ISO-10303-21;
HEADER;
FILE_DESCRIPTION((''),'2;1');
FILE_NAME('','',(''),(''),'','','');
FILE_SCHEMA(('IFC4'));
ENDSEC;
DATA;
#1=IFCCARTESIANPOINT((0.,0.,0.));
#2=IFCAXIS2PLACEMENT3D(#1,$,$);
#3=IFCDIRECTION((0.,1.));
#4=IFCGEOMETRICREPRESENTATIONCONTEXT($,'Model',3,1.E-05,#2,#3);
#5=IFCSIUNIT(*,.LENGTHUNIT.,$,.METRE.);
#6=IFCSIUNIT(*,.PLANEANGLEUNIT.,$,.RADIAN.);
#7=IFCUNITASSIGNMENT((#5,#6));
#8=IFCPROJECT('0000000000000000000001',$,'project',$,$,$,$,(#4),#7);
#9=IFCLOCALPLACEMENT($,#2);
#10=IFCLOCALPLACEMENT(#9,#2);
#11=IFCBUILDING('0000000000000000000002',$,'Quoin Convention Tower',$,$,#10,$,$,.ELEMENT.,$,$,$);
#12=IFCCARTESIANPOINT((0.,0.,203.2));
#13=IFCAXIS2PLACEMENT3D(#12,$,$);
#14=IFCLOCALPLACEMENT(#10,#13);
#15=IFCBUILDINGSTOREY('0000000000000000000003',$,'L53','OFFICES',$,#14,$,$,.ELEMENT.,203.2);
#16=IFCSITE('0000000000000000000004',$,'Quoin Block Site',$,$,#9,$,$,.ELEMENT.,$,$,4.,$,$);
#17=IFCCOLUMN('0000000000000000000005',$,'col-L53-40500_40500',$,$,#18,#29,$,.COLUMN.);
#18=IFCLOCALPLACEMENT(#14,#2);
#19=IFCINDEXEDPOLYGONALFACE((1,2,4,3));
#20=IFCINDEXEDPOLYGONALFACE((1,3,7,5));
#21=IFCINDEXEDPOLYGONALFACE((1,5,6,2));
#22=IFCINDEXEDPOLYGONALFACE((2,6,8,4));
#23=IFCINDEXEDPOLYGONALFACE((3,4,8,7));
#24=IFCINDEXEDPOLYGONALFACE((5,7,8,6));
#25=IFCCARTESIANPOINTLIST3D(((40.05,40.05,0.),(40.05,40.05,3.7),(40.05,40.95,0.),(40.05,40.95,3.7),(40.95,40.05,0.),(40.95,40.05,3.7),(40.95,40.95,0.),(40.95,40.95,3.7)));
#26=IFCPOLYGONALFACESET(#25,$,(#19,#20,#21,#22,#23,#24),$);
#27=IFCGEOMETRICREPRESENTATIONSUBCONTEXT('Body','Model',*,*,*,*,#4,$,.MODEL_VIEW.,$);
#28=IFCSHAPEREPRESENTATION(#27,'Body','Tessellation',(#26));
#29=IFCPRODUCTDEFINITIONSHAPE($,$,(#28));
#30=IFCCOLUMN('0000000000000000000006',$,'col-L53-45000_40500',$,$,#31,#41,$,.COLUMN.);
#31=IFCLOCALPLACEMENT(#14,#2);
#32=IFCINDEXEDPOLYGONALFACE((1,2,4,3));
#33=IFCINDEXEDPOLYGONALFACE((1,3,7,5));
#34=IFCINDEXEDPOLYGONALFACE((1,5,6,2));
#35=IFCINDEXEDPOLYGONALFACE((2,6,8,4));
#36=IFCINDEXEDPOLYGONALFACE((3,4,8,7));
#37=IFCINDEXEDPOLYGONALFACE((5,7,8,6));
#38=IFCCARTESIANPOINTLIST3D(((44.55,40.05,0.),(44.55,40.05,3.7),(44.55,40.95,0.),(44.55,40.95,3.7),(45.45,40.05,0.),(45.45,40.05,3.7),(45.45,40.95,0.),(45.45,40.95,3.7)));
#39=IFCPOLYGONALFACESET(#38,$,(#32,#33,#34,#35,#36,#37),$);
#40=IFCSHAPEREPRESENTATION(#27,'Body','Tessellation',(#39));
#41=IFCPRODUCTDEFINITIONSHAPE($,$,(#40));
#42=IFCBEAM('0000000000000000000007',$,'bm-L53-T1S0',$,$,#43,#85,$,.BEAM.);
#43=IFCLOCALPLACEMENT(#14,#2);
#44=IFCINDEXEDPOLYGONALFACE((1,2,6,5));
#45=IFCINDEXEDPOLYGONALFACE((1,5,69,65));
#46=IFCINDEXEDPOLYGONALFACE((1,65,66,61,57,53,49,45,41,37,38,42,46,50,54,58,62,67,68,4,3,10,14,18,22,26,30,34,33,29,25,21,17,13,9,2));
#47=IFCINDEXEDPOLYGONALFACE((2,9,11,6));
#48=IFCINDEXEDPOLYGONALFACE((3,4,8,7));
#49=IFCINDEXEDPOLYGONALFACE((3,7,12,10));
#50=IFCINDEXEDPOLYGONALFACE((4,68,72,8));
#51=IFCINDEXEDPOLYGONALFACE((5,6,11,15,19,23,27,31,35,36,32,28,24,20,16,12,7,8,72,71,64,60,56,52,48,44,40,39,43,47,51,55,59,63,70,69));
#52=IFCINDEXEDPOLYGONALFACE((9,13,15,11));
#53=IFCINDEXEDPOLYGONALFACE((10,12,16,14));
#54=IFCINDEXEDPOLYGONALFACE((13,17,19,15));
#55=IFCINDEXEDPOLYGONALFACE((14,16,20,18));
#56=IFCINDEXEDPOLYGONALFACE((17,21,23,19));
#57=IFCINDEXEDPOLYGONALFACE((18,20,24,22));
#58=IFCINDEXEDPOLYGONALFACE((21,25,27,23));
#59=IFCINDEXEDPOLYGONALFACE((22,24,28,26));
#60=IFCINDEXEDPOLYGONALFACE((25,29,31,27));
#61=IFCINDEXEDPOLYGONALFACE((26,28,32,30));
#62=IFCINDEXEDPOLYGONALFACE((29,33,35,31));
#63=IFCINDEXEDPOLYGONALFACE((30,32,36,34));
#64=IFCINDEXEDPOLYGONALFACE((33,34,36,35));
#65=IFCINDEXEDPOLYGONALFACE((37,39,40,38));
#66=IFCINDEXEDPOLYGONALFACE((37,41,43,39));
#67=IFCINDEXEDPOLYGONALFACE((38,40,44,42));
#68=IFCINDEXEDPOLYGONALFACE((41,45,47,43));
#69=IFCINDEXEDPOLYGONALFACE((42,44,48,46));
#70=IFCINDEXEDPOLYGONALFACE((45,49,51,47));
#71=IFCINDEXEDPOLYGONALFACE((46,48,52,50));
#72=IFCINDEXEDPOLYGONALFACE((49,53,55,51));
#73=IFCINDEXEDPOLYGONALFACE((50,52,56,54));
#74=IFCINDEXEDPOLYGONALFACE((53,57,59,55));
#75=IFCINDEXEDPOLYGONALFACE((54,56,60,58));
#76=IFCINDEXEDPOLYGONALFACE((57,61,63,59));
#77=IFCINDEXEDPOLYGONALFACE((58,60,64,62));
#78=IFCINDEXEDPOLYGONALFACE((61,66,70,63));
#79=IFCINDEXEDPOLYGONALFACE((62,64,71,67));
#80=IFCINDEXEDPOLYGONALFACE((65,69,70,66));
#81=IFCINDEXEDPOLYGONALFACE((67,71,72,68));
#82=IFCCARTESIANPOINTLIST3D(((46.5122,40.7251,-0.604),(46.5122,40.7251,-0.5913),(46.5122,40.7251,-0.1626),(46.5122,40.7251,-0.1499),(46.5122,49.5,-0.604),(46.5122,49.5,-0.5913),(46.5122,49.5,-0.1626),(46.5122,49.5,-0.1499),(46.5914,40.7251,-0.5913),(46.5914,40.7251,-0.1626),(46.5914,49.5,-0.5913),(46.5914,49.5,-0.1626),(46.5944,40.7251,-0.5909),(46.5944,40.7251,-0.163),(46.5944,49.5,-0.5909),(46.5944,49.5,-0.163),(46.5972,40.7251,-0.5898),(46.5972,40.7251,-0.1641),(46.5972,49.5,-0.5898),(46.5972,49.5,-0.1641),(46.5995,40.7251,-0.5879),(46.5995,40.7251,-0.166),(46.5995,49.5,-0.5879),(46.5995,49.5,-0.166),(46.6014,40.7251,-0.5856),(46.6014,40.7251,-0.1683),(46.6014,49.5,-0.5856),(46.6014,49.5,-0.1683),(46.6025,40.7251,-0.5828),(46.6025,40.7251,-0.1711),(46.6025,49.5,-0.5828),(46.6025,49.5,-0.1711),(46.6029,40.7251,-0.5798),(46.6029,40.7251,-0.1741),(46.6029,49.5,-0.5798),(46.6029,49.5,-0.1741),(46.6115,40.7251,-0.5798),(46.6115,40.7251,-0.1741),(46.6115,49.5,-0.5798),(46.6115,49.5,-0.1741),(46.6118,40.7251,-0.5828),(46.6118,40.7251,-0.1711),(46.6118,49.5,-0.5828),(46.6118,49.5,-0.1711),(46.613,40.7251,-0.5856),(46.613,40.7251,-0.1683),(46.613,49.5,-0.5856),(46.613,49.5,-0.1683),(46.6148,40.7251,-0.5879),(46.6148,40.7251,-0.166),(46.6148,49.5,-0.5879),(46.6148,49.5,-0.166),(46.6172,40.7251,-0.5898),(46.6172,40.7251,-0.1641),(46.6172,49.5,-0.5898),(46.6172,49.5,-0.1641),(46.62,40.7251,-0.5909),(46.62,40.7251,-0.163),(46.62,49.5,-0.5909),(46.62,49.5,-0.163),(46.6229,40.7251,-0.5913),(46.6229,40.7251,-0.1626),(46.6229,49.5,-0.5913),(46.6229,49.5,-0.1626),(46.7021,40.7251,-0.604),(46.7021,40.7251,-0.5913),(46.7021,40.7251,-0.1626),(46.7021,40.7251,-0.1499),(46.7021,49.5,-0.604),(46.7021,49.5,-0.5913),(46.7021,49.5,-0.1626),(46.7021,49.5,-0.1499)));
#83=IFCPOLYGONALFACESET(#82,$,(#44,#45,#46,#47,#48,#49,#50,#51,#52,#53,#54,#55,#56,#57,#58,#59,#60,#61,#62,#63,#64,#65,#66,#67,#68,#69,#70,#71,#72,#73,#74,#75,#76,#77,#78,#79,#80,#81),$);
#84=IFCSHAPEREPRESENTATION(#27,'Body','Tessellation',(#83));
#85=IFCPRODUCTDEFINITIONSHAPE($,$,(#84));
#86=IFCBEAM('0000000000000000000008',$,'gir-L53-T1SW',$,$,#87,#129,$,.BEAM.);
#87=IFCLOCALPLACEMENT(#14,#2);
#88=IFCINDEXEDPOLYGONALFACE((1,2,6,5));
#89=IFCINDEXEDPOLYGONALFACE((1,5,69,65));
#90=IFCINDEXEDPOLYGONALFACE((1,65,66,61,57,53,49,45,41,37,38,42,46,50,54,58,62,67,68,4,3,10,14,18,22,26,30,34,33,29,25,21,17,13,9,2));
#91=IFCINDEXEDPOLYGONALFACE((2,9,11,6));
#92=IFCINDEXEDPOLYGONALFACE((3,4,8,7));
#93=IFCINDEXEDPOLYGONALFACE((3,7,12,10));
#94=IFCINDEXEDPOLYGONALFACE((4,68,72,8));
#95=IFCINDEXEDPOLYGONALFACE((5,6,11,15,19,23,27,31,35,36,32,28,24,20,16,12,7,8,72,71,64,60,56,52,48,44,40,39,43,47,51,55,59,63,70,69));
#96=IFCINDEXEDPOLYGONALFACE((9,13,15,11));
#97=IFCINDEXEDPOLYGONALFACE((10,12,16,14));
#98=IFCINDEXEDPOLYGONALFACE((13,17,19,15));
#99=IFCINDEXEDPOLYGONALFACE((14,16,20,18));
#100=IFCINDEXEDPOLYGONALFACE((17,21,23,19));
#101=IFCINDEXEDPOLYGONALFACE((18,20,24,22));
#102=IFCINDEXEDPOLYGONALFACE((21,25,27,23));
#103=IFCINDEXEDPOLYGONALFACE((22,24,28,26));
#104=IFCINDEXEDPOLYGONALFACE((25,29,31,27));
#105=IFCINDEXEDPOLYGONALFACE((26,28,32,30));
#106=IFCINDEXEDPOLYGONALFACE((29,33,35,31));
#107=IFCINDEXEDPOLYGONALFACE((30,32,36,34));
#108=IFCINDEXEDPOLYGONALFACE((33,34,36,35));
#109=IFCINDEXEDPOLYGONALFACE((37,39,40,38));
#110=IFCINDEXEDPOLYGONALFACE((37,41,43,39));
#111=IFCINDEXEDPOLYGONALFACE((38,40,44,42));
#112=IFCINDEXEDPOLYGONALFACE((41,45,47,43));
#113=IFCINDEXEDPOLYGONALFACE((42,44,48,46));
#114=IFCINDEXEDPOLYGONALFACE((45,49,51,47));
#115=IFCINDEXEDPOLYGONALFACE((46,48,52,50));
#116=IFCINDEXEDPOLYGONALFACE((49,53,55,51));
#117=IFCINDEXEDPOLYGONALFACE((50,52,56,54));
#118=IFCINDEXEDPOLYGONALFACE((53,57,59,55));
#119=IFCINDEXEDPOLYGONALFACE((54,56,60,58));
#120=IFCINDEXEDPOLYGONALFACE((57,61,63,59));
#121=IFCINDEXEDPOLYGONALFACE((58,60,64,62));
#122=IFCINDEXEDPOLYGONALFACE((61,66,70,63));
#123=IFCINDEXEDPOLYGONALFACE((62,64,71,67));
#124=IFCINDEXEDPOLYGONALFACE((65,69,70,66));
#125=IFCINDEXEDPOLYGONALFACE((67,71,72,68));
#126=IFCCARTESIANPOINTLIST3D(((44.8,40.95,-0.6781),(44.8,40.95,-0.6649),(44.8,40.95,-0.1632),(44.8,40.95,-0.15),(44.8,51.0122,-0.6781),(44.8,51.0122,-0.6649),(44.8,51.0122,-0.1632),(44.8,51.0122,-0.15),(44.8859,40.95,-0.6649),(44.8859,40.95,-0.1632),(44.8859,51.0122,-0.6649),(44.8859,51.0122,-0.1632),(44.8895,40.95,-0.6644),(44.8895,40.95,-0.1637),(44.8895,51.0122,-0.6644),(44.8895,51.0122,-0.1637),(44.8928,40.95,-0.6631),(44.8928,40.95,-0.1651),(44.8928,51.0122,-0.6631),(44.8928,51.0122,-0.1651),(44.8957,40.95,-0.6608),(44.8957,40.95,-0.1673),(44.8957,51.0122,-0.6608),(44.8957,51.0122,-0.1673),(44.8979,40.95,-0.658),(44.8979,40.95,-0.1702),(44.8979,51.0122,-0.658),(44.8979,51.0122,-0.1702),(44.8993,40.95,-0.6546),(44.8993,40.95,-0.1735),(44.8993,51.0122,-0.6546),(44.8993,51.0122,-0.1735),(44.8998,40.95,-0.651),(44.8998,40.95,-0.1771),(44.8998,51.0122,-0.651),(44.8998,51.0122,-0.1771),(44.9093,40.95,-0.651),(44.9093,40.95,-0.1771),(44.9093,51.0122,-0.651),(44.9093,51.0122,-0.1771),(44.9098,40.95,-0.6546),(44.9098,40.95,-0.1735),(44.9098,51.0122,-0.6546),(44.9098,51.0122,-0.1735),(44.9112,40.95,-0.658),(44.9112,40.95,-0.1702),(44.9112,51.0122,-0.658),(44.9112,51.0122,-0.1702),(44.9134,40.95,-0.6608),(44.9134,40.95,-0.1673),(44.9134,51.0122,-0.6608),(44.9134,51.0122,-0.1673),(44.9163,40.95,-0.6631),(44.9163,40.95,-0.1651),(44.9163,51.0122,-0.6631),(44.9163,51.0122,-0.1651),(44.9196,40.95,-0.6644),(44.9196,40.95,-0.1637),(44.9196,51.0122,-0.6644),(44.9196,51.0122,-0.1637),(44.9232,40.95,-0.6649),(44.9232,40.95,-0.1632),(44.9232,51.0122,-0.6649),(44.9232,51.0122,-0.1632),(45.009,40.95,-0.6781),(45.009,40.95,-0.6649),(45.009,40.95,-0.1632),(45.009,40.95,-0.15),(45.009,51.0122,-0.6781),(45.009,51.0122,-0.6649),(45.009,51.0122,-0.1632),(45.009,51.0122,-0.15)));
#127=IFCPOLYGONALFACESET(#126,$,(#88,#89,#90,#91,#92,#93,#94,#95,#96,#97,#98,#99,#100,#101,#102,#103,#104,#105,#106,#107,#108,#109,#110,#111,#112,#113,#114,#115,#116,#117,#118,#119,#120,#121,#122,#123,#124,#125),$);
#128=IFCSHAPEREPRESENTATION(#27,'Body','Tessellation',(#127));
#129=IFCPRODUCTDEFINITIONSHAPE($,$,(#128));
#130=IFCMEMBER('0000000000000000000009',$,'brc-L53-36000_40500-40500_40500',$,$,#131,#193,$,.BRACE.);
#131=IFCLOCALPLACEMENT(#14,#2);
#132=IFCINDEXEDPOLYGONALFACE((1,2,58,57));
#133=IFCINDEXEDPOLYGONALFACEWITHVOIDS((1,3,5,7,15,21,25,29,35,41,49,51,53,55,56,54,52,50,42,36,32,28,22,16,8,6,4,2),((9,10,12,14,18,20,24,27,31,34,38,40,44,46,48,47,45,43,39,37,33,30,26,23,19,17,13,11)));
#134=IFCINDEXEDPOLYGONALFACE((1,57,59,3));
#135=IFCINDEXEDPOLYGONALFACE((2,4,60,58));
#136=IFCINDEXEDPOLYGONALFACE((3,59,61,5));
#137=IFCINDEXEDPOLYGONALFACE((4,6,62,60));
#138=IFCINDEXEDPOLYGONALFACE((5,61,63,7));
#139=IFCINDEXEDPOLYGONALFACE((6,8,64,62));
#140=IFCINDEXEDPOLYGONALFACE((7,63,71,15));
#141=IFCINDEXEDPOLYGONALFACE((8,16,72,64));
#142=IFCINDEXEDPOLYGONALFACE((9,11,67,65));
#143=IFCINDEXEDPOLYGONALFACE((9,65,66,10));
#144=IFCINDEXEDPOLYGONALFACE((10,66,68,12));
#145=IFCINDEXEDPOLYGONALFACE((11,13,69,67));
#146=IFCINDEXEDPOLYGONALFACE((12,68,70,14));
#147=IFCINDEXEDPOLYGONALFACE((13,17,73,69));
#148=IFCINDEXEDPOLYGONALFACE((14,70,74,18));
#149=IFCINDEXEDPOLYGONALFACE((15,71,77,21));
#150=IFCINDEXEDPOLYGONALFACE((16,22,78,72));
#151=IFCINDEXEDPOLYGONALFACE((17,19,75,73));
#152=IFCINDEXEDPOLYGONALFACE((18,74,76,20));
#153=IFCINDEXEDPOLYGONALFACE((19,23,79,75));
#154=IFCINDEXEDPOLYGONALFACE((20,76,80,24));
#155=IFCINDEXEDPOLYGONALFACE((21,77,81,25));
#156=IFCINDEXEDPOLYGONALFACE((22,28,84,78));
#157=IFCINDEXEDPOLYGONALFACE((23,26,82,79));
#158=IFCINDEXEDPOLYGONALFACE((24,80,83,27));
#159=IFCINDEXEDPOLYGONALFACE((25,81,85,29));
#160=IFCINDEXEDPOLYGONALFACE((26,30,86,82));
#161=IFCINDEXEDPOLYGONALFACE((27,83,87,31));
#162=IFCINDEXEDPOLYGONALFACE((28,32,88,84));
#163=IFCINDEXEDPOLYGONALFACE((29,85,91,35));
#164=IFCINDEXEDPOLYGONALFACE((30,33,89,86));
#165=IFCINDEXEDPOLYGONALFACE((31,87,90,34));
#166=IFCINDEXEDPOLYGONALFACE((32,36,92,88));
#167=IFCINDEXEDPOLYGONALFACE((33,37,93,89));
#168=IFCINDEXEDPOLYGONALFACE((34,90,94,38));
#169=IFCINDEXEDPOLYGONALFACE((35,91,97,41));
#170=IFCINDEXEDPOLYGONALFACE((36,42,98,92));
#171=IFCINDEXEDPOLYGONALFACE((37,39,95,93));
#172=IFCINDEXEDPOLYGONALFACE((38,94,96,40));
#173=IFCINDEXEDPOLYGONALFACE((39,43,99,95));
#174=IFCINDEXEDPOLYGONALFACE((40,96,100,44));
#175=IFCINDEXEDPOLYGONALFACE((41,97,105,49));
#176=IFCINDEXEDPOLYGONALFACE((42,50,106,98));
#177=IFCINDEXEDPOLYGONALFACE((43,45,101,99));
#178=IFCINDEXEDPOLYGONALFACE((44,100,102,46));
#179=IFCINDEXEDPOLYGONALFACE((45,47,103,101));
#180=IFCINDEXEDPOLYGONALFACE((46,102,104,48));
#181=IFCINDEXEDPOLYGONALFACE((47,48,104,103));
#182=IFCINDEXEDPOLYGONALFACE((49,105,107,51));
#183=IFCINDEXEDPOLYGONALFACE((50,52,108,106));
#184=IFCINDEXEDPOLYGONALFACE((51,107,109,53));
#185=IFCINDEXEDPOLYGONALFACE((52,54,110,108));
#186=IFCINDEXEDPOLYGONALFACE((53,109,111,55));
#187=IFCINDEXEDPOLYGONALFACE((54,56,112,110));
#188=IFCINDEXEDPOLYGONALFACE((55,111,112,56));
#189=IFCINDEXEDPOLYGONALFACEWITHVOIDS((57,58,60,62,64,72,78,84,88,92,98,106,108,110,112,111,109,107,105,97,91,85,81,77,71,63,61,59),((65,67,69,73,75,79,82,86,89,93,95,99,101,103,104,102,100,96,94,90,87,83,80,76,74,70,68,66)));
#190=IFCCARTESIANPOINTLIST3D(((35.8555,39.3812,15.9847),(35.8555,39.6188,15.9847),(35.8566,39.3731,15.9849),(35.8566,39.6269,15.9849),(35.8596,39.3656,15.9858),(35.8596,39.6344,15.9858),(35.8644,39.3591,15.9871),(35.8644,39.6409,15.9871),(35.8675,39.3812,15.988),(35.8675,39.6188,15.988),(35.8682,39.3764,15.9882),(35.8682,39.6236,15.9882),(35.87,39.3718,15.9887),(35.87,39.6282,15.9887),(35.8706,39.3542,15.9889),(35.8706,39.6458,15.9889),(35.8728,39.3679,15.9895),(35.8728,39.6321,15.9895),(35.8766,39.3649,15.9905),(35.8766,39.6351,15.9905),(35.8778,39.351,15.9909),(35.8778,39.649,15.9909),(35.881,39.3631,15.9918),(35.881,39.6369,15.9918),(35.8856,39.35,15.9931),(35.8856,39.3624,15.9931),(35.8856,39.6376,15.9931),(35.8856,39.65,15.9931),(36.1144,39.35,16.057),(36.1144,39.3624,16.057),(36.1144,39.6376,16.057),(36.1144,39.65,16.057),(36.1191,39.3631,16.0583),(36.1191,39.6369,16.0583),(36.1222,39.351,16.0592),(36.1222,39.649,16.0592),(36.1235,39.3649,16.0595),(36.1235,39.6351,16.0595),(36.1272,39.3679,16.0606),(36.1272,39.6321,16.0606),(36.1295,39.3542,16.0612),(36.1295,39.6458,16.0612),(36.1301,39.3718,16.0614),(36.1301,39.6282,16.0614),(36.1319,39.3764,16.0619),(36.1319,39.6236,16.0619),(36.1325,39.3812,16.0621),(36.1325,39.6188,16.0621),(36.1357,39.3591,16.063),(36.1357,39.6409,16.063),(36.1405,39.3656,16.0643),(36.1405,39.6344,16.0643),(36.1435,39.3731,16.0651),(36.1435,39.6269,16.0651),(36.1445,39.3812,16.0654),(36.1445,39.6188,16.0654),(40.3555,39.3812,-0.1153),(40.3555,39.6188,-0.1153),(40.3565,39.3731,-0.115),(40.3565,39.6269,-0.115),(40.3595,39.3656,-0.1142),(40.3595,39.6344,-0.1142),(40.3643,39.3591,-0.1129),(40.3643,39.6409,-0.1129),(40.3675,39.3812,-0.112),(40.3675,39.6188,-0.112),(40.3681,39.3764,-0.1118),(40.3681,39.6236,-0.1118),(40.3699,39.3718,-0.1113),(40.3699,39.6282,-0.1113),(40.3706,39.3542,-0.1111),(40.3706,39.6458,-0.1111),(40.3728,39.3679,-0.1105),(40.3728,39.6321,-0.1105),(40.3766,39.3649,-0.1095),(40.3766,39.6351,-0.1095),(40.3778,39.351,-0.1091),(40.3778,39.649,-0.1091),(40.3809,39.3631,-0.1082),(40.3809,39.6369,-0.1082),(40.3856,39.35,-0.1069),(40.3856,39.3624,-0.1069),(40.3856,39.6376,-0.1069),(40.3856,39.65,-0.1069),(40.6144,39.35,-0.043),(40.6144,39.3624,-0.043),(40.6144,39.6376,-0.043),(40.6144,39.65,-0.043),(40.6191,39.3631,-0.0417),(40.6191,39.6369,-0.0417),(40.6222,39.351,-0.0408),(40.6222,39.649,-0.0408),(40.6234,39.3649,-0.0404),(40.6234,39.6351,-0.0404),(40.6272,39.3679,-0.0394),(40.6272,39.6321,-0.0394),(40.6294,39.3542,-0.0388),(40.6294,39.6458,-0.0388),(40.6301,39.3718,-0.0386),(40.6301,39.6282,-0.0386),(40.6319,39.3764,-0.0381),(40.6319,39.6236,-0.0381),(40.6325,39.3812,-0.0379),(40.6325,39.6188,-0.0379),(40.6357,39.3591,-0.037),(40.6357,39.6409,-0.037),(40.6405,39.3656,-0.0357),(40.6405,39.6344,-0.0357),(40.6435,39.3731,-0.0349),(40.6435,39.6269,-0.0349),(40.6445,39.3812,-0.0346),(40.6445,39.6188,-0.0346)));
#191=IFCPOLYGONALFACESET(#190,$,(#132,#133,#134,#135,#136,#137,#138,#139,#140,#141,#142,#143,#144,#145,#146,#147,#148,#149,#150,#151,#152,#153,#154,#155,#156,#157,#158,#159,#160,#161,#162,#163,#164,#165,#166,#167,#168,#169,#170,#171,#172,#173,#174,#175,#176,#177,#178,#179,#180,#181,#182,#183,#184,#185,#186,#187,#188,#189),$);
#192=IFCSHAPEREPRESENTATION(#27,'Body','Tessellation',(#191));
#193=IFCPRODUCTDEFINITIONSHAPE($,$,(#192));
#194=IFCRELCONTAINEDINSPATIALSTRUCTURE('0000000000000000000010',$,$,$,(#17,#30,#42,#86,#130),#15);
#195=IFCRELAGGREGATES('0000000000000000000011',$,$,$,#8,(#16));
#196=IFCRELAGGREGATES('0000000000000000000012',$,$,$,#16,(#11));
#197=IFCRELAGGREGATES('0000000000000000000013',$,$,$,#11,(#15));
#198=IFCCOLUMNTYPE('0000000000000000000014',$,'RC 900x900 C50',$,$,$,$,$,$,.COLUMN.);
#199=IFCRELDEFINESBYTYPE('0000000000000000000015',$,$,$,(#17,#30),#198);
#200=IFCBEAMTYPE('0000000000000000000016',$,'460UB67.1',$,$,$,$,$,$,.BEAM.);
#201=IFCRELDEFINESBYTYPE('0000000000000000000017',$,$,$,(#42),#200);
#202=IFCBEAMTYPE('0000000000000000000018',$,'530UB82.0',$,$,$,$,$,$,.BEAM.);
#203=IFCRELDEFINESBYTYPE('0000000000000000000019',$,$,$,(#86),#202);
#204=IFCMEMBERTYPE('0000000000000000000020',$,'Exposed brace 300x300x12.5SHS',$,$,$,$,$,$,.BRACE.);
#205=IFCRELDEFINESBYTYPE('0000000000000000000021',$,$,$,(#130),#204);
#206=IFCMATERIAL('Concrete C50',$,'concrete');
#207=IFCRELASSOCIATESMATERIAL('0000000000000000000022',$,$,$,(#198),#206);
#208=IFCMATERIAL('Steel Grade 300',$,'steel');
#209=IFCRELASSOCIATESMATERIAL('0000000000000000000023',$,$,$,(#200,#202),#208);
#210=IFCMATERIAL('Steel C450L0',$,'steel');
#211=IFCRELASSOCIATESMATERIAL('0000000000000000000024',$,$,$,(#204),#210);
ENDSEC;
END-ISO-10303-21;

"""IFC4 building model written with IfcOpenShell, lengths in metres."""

from ifc_helpers import new_model, si_unit, direction, frame, origin, origin_2d, place, context, subcontext, project, spatial, rectangle, hollow_rectangle, i_section, extrude, material, material_profile, profile_set, type_object, element, save


model = new_model("IFC4")

# Units and contexts
model_context = context("Model", 3, precision=1e-05, world=origin(), true_north=direction((0.0, 1.0)))
body_context = subcontext(model_context, "Body", "Model", "MODEL_VIEW")
ifc_project = project(units=[si_unit("LENGTHUNIT", "METRE"), si_unit("PLANEANGLEUNIT", "RADIAN")], contexts=[model_context])

# Site, building, storey
site_placement = place(None, origin())
site = spatial("IfcSite", under=ifc_project, at=site_placement, Name="Quoin Block Site", CompositionType="ELEMENT", RefElevation=4.0)
building_placement = place(site_placement, origin())
building = spatial("IfcBuilding", under=site, at=building_placement, Name="Quoin Convention Tower", CompositionType="ELEMENT")
storey_placement = place(building_placement, frame((0.0, 0.0, 203.2)))
storey = spatial("IfcBuildingStorey", under=building, at=storey_placement, Name="L53", Description="OFFICES", CompositionType="ELEMENT", Elevation=203.2)

# Columns
ifc_material_1 = material(Name="Concrete C50", Category="concrete")
ifc_material_profile_1 = material_profile(ifc_material_1, rectangle(XDim=0.8999, YDim=0.8999, at=origin_2d()), Name="RC 900x900")
ifc_profile_set_1 = profile_set([ifc_material_profile_1], Name="Concrete C50")
column_type = type_object("IfcColumnType", Name="RC 900x900 C50", PredefinedType="COLUMN", material=ifc_profile_set_1)
for number, where, z_axis, x_axis, name in (
    (1, (40.5, 40.5, 0.0), (0.0, 0.0, 1.0), (1.0, 0.0, 0.0), "col-L53-40500_40500"),
    (2, (45.0, 40.5, 0.0), (0.0, 0.0, 1.0), (1.0, 0.0, 0.0), "col-L53-45000_40500"),
):
    element("IfcColumn", number, at=place(storey_placement, frame(where, z_axis=z_axis, x_axis=x_axis)), inside=storey, type_object=column_type, Name=name, PredefinedType="COLUMN", context=body_context, shape_type="SweptSolid", body=[
        extrude(rectangle(XDim=0.8999, YDim=0.8999, at=origin_2d()), origin(), (0.0, 0.0, 1.0), 3.7),
    ])

# Beams
ifc_material_2 = material(Name="Steel Grade 300", Category="steel")
ifc_material_profile_2 = material_profile(ifc_material_2, i_section(OverallWidth=0.1899, OverallDepth=0.4541, WebThickness=0.0085, FlangeThickness=0.0127, FilletRadius=0.0115, at=origin_2d()), Name="460UB67.1")
ifc_profile_set_2 = profile_set([ifc_material_profile_2], Name="Steel Grade 300")
beam_type_1 = type_object("IfcBeamType", Name="460UB67.1", PredefinedType="BEAM", material=ifc_profile_set_2)
beam_1_placement = place(storey_placement, frame((46.6072, 40.7251, -0.377), z_axis=(0.0, 1.0, 0.0), x_axis=(-1.0, 0.0, 0.0)))
element("IfcBeam", 3, at=beam_1_placement, inside=storey, type_object=beam_type_1, Name="bm-L53-T1S0", PredefinedType="BEAM", context=body_context, shape_type="SweptSolid", body=[
    extrude(i_section(OverallWidth=0.1899, OverallDepth=0.4541, WebThickness=0.0085, FlangeThickness=0.0127, FilletRadius=0.0115, at=origin_2d()), origin(), (0.0, 0.0, 1.0), 8.7749),
])
ifc_material_profile_3 = material_profile(ifc_material_2, i_section(OverallWidth=0.209, OverallDepth=0.5281, WebThickness=0.0095, FlangeThickness=0.0132, FilletRadius=0.0139, at=origin_2d()), Name="530UB82.0")
ifc_profile_set_3 = profile_set([ifc_material_profile_3], Name="Steel Grade 300")
beam_type_2 = type_object("IfcBeamType", Name="530UB82.0", PredefinedType="BEAM", material=ifc_profile_set_3)
beam_2_placement = place(storey_placement, frame((44.9045, 40.95, -0.4141), z_axis=(0.0, 1.0, 0.0), x_axis=(-1.0, 0.0, 0.0)))
element("IfcBeam", 4, at=beam_2_placement, inside=storey, type_object=beam_type_2, Name="gir-L53-T1SW", PredefinedType="BEAM", context=body_context, shape_type="SweptSolid", body=[
    extrude(i_section(OverallWidth=0.209, OverallDepth=0.5281, WebThickness=0.0095, FlangeThickness=0.0132, FilletRadius=0.0139, at=origin_2d()), origin(), (0.0, 0.0, 1.0), 10.0623),
])

# Member
ifc_material_3 = material(Name="Steel C450L0", Category="steel")
ifc_material_profile_4 = material_profile(ifc_material_3, hollow_rectangle(XDim=0.3, YDim=0.3, WallThickness=0.0125, InnerFilletRadius=0.0188, OuterFilletRadius=0.0312, at=origin_2d()), Name="300x300x12.5SHS")
ifc_profile_set_4 = profile_set([ifc_material_profile_4], Name="Steel C450L0")
member_type = type_object("IfcMemberType", Name="Exposed brace 300x300x12.5SHS", PredefinedType="BRACE", material=ifc_profile_set_4)
member_placement = place(storey_placement, frame((40.5, 39.5, -0.075), z_axis=(-0.269185, 0.0, 0.963089), x_axis=(0.0, -1.0, 0.0)))
element("IfcMember", 5, at=member_placement, inside=storey, type_object=member_type, Name="brc-L53-36000_40500-40500_40500", PredefinedType="BRACE", context=body_context, shape_type="SweptSolid", body=[
    extrude(hollow_rectangle(XDim=0.3, YDim=0.3, WallThickness=0.0125, InnerFilletRadius=0.0188, OuterFilletRadius=0.0312, at=origin_2d()), origin(), (0.0, 0.0, 1.0), 16.717),
])

save(model, "model.ifc")
